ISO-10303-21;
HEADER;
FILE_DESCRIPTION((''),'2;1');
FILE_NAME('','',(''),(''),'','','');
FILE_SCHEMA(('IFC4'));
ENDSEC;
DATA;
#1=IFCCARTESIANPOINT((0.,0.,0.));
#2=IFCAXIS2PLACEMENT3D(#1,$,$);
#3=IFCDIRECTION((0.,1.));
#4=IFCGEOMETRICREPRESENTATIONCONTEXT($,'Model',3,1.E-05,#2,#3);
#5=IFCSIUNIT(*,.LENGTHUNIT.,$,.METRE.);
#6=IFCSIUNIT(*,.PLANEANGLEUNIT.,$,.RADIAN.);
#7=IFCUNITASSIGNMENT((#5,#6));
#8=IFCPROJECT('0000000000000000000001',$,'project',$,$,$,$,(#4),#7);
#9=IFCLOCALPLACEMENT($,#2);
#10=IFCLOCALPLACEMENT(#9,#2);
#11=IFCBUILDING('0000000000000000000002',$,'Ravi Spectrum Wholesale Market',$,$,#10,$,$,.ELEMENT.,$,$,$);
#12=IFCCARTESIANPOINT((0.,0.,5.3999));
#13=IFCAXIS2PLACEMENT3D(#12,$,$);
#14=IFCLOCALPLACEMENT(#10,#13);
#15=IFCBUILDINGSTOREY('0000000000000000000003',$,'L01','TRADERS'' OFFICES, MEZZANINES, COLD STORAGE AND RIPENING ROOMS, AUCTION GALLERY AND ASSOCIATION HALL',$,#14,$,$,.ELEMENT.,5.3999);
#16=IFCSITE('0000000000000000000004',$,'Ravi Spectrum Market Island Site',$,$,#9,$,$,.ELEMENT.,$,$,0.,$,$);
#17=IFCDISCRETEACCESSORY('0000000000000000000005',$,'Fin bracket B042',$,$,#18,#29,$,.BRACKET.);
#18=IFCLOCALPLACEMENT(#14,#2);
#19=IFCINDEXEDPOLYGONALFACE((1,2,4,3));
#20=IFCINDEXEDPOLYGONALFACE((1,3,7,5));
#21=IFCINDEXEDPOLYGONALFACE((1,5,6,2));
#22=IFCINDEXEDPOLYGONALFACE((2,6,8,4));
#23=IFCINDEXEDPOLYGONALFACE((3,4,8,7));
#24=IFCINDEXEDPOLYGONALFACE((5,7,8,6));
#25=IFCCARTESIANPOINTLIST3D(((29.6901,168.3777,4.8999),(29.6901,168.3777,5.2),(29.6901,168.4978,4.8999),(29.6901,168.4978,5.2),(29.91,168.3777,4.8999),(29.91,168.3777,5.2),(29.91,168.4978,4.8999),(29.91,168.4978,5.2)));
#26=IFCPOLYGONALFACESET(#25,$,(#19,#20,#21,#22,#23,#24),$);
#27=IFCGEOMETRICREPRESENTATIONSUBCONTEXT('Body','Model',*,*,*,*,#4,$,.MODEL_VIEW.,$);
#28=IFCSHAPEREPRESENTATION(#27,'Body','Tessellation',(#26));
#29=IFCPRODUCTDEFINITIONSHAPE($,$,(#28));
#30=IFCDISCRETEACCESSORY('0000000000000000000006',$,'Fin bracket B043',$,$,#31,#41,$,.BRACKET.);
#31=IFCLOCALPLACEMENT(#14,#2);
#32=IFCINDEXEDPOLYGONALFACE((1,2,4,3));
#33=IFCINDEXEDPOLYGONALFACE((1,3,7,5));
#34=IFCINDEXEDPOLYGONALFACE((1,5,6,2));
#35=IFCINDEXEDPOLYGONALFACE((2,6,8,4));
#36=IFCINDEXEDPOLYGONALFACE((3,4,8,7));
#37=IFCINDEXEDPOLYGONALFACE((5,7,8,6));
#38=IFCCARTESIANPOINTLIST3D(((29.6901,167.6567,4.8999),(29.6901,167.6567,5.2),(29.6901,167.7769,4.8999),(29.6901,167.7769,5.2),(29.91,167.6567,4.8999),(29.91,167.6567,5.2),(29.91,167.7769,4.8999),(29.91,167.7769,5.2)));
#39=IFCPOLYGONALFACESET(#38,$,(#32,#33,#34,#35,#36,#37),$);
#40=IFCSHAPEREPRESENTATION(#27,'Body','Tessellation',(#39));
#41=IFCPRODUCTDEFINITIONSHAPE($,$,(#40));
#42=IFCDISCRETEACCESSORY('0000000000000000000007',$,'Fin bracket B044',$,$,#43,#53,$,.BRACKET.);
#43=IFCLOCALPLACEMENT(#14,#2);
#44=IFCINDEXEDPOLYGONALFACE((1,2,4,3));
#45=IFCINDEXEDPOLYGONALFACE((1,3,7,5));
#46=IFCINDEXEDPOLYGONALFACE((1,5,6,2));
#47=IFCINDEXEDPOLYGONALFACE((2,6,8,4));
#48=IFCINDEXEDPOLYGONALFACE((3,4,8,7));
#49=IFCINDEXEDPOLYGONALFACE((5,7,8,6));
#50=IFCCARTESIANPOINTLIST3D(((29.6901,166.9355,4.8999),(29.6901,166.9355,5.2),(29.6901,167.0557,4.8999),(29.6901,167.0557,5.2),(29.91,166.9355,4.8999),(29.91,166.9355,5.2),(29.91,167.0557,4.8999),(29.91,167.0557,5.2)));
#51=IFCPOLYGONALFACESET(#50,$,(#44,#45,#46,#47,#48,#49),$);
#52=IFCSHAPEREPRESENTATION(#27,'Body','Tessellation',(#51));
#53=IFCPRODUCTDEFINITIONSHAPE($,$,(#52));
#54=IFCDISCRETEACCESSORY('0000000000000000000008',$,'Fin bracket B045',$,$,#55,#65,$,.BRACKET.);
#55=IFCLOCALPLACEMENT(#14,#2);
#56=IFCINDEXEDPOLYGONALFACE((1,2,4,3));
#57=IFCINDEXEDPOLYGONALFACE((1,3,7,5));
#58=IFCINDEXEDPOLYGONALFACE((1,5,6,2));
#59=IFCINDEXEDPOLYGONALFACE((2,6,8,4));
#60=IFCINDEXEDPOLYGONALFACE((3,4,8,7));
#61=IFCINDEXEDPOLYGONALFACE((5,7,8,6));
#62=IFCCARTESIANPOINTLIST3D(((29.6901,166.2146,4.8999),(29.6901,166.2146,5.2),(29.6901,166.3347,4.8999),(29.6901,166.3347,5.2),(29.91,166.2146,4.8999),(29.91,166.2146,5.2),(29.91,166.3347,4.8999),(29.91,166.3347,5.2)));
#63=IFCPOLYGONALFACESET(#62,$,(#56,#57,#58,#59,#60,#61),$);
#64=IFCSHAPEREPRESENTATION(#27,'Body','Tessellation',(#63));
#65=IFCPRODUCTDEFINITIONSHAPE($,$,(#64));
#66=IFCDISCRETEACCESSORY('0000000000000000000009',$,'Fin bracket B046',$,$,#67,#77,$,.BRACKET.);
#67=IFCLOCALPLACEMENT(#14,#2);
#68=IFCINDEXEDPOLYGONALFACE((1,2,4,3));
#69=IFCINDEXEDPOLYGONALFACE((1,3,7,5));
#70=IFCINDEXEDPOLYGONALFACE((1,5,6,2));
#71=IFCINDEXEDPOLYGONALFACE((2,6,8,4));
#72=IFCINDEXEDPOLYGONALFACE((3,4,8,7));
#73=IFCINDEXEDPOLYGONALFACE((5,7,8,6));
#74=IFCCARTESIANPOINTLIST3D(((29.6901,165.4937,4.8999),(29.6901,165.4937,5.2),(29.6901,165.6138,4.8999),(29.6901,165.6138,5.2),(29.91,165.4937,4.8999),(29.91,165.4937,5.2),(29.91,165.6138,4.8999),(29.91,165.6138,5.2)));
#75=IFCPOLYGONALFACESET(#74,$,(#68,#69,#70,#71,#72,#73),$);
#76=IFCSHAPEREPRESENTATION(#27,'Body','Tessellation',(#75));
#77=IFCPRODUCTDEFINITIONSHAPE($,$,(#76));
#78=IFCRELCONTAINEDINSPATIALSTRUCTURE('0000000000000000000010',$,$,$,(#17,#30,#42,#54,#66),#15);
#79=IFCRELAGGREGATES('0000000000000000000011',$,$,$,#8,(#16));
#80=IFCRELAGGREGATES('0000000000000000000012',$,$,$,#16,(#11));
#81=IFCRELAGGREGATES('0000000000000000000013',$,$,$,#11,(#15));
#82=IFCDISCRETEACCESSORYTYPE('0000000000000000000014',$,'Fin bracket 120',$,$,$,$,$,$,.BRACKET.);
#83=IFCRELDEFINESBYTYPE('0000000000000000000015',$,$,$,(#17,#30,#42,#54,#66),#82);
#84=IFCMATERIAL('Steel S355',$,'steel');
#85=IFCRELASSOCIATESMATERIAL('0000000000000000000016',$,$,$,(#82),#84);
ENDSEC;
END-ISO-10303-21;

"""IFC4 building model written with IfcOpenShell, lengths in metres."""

from ifc_helpers import new_model, si_unit, direction, frame, origin, origin_2d, place, context, subcontext, project, spatial, rectangle, extrude, material, type_object, element, save


model = new_model("IFC4")

# Units and contexts
model_context = context("Model", 3, precision=1e-05, world=origin(), true_north=direction((0.0, 1.0)))
body_context = subcontext(model_context, "Body", "Model", "MODEL_VIEW")
ifc_project = project(units=[si_unit("LENGTHUNIT", "METRE"), si_unit("PLANEANGLEUNIT", "RADIAN")], contexts=[model_context])

# Site, building, storey
site_placement = place(None, origin())
site = spatial("IfcSite", under=ifc_project, at=site_placement, Name="Ravi Spectrum Market Island Site", CompositionType="ELEMENT", RefElevation=0.0)
building_placement = place(site_placement, origin())
building = spatial("IfcBuilding", under=site, at=building_placement, Name="Ravi Spectrum Wholesale Market", CompositionType="ELEMENT")
storey_placement = place(building_placement, frame((0.0, 0.0, 5.3999)))
storey = spatial("IfcBuildingStorey", under=building, at=storey_placement, Name="L01", Description="TRADERS' OFFICES, MEZZANINES, COLD STORAGE AND RIPENING ROOMS, AUCTION GALLERY AND ASSOCIATION HALL", CompositionType="ELEMENT", Elevation=5.3999)

# Discrete accessories
ifc_material_1 = material(Name="Steel S355", Category="steel")
discrete_accessory_type = type_object("IfcDiscreteAccessoryType", Name="Fin bracket 120", PredefinedType="BRACKET", material=ifc_material_1)
for number, where, z_axis, x_axis, name in (
    (1, (29.8, 168.4377, 4.8999), (0.0, 0.0, 1.0), (0.0, -1.0, 0.0), "Fin bracket B042"),
    (2, (29.8, 167.7168, 4.8999), (0.0, 0.0, 1.0), (0.0, -1.0, 0.0), "Fin bracket B043"),
    (3, (29.8, 166.9956, 4.8999), (0.0, 0.0, 1.0), (0.0, -1.0, 0.0), "Fin bracket B044"),
    (4, (29.8, 166.2747, 4.8999), (0.0, 0.0, 1.0), (0.0, -1.0, 0.0), "Fin bracket B045"),
    (5, (29.8, 165.5537, 4.8999), (0.0, 0.0, 1.0), (0.0, -1.0, 0.0), "Fin bracket B046"),
):
    element("IfcDiscreteAccessory", number, at=place(storey_placement, frame(where, z_axis=z_axis, x_axis=x_axis)), inside=storey, type_object=discrete_accessory_type, Name=name, PredefinedType="BRACKET", context=body_context, shape_type="SweptSolid", body=[
        extrude(rectangle(XDim=0.1201, YDim=0.22, at=origin_2d()), origin(), (0.0, 0.0, 1.0), 0.3),
    ])

save(model, "model.ifc")
